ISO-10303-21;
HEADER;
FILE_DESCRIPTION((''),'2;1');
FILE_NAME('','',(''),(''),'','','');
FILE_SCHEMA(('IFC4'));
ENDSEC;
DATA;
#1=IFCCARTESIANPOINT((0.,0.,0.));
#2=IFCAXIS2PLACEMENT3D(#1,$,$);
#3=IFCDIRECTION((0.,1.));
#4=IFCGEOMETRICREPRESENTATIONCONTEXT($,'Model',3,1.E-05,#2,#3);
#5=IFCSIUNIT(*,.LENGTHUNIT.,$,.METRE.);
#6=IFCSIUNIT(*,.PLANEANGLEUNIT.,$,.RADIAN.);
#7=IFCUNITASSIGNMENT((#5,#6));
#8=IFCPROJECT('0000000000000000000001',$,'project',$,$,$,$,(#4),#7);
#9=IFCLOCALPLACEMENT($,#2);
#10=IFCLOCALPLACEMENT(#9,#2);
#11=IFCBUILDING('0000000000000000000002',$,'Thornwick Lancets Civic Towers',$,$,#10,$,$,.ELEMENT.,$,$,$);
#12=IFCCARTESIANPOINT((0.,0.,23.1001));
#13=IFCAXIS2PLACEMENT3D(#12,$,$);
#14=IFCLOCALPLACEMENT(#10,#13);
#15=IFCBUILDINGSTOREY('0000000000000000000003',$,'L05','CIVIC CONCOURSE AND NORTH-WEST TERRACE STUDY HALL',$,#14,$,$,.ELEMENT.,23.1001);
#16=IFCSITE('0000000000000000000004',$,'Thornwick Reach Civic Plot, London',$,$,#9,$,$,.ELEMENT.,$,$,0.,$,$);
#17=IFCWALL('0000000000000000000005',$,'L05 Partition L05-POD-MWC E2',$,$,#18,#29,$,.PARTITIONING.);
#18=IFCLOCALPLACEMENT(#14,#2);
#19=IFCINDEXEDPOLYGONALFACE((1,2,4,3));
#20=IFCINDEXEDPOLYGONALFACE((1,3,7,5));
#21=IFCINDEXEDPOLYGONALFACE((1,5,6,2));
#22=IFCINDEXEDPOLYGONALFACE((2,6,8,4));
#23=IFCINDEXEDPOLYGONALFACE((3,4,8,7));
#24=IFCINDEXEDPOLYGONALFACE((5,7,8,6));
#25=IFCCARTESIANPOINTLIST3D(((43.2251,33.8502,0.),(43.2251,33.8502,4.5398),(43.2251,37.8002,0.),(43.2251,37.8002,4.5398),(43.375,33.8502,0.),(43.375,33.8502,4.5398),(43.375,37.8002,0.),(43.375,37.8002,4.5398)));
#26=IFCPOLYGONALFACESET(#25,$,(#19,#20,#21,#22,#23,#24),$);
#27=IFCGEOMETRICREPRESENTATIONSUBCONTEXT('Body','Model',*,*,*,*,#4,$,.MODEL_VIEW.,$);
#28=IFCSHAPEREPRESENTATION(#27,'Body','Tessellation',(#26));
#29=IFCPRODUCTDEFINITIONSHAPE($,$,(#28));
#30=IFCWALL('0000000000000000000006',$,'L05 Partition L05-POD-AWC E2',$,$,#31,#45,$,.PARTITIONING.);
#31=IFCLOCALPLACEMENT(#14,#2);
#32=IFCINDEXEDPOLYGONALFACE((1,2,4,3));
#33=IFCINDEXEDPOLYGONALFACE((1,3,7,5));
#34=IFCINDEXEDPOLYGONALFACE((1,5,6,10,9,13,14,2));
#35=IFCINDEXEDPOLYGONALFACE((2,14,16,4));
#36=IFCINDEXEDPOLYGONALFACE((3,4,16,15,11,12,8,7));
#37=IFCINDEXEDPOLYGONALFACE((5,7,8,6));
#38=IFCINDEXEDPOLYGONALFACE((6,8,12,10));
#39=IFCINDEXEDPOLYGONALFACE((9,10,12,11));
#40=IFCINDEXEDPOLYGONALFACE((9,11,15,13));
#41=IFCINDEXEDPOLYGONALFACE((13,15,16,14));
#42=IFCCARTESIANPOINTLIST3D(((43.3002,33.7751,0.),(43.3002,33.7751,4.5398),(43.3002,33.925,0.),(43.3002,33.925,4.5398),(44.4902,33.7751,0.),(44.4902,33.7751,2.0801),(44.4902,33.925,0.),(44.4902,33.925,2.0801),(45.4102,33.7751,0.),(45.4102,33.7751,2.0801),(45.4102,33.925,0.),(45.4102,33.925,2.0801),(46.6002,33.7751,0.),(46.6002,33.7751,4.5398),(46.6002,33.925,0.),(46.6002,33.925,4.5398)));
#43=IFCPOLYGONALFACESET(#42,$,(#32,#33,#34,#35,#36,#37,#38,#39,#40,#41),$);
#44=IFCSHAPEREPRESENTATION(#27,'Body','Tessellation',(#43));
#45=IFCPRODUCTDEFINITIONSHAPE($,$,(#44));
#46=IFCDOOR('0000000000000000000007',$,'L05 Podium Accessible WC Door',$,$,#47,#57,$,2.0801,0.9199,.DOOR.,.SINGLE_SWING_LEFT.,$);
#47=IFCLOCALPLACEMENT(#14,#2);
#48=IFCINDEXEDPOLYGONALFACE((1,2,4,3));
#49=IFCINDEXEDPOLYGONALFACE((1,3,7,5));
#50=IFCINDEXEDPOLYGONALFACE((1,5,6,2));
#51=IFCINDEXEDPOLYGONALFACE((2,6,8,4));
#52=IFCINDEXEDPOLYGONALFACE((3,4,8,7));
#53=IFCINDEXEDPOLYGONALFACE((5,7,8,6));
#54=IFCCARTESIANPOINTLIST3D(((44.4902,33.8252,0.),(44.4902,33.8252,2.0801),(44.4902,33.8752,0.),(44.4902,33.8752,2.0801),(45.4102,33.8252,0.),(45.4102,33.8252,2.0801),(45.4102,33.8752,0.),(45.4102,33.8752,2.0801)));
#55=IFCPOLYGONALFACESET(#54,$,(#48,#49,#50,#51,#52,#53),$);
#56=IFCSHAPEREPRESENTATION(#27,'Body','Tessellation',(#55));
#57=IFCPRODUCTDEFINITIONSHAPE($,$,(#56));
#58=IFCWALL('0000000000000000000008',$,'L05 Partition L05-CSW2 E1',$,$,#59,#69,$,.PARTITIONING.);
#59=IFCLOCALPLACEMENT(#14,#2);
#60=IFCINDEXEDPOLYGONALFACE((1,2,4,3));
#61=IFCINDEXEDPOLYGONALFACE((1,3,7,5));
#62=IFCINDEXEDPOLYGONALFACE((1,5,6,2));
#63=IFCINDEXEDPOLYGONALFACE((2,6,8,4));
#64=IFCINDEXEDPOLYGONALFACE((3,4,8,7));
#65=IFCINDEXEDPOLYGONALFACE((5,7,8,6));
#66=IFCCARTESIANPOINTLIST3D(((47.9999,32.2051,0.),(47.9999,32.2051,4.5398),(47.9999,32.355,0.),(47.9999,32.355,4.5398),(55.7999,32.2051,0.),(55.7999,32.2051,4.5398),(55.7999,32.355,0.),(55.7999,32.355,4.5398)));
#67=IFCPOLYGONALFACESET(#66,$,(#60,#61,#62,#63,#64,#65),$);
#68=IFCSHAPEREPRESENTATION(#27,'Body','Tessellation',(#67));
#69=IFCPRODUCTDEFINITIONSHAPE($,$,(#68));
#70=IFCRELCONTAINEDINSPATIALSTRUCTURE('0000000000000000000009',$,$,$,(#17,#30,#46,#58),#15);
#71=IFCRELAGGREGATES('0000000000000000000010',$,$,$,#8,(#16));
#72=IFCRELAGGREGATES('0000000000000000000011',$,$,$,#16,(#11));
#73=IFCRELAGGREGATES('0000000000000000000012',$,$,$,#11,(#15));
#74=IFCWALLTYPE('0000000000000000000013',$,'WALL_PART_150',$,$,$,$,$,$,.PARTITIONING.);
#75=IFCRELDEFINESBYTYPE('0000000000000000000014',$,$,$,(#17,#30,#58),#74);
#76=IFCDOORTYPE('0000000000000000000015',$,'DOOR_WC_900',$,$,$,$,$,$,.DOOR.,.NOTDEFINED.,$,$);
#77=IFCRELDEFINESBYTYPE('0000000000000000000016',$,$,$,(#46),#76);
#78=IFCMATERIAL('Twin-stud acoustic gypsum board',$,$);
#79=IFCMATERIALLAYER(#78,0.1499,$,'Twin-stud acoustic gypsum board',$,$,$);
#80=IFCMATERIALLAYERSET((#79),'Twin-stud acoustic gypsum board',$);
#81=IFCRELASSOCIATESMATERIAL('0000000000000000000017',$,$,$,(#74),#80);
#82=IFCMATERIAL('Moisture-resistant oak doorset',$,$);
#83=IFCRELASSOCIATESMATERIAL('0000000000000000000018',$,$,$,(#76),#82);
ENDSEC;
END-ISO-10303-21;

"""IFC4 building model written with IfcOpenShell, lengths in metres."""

from ifc_helpers import new_model, si_unit, direction, frame, frame_2d, origin, place, context, subcontext, project, spatial, rectangle, extrude, material, layer, layer_set, type_object, element, fill, save


model = new_model("IFC4")

# Units and contexts
model_context = context("Model", 3, precision=1e-05, world=origin(), true_north=direction((0.0, 1.0)))
body_context = subcontext(model_context, "Body", "Model", "MODEL_VIEW")
ifc_project = project(units=[si_unit("LENGTHUNIT", "METRE"), si_unit("PLANEANGLEUNIT", "RADIAN")], contexts=[model_context])

# Site, building, storey
site_placement = place(None, origin())
site = spatial("IfcSite", under=ifc_project, at=site_placement, Name="Thornwick Reach Civic Plot, London", CompositionType="ELEMENT", RefElevation=0.0)
building_placement = place(site_placement, origin())
building = spatial("IfcBuilding", under=site, at=building_placement, Name="Thornwick Lancets Civic Towers", CompositionType="ELEMENT")
storey_placement = place(building_placement, frame((0.0, 0.0, 23.1001)))
storey = spatial("IfcBuildingStorey", under=building, at=storey_placement, Name="L05", Description="CIVIC CONCOURSE AND NORTH-WEST TERRACE STUDY HALL", CompositionType="ELEMENT", Elevation=23.1001)

# Shared definitions
ifc_material_1 = material(Name="Twin-stud acoustic gypsum board")
ifc_layer_1 = layer(ifc_material_1, 0.1499, Name="Twin-stud acoustic gypsum board")
ifc_layer_set_1 = layer_set([ifc_layer_1], Name="Twin-stud acoustic gypsum board")
wall_type_1 = type_object("IfcWallType", Name="WALL_PART_150", PredefinedType="PARTITIONING", material=ifc_layer_set_1)
ifc_material_2 = material(Name="Moisture-resistant oak doorset")
door_type_1 = type_object("IfcDoorType", Name="DOOR_WC_900", OperationType="NOTDEFINED", PredefinedType="DOOR", material=ifc_material_2)

# Wall
wall_1_placement = place(storey_placement, frame((43.3, 33.8501, 0.0), z_axis=(0.0, 0.0, 1.0), x_axis=(0.0, 1.0, 0.0)))
element("IfcWall", 1, at=wall_1_placement, inside=storey, type_object=wall_type_1, Name="L05 Partition L05-POD-MWC E2", PredefinedType="PARTITIONING", context=body_context, shape_type="SweptSolid", body=[
    extrude(rectangle(XDim=3.95, YDim=0.1499, at=frame_2d((1.9751, 0.0))), origin(), (0.0, 0.0, 1.0), 4.5398),
])

# Wall, opening, door
wall_2_placement = place(storey_placement, frame((46.6001, 33.8501, 0.0), z_axis=(0.0, 0.0, 1.0), x_axis=(-1.0, 0.0, 0.0)))
wall_2 = element("IfcWall", 2, at=wall_2_placement, inside=storey, type_object=wall_type_1, Name="L05 Partition L05-POD-AWC E2", PredefinedType="PARTITIONING", context=body_context, shape_type="SweptSolid", body=[
    extrude(rectangle(XDim=3.3, YDim=0.1499, at=frame_2d((1.6499, 0.0))), origin(), (0.0, 0.0, 1.0), 4.5398),
])
opening_1_placement = place(wall_2_placement, frame((1.1899, 0.0, 0.0)))
opening_1 = element("IfcOpeningElement", 3, at=opening_1_placement, cuts=wall_2, PredefinedType="OPENING", context=body_context, shape_type="SweptSolid", body=[
    extrude(rectangle(XDim=0.9199, YDim=2.0801, at=frame_2d((0.46, 1.04))), frame((0.0, 0.085, 0.0), z_axis=(0.0, -1.0, 0.0), x_axis=(1.0, 0.0, 0.0)), (0.0, 0.0, 1.0), 0.1699),
])
door_1_placement = place(opening_1_placement, origin())
door_1 = element("IfcDoor", 4, at=door_1_placement, inside=storey, type_object=door_type_1, Name="L05 Podium Accessible WC Door", OperationType="SINGLE_SWING_LEFT", OverallHeight=2.0801, OverallWidth=0.9199, PredefinedType="DOOR", context=body_context, shape_type="SweptSolid", body=[
    extrude(rectangle(XDim=0.9199, YDim=2.0801, at=frame_2d((0.46, 1.04))), frame((0.0, 0.0249, 0.0), z_axis=(0.0, -1.0, 0.0), x_axis=(1.0, 0.0, 0.0)), (0.0, 0.0, 1.0), 0.05),
])
fill(opening_1, door_1)

# Wall
wall_3_placement = place(storey_placement, frame((48.0, 32.28, 0.0), z_axis=(0.0, 0.0, 1.0), x_axis=(1.0, 0.0, 0.0)))
element("IfcWall", 5, at=wall_3_placement, inside=storey, type_object=wall_type_1, Name="L05 Partition L05-CSW2 E1", PredefinedType="PARTITIONING", context=body_context, shape_type="SweptSolid", body=[
    extrude(rectangle(XDim=7.8, YDim=0.1499, at=frame_2d((3.8999, 0.0))), origin(), (0.0, 0.0, 1.0), 4.5398),
])

save(model, "model.ifc")
